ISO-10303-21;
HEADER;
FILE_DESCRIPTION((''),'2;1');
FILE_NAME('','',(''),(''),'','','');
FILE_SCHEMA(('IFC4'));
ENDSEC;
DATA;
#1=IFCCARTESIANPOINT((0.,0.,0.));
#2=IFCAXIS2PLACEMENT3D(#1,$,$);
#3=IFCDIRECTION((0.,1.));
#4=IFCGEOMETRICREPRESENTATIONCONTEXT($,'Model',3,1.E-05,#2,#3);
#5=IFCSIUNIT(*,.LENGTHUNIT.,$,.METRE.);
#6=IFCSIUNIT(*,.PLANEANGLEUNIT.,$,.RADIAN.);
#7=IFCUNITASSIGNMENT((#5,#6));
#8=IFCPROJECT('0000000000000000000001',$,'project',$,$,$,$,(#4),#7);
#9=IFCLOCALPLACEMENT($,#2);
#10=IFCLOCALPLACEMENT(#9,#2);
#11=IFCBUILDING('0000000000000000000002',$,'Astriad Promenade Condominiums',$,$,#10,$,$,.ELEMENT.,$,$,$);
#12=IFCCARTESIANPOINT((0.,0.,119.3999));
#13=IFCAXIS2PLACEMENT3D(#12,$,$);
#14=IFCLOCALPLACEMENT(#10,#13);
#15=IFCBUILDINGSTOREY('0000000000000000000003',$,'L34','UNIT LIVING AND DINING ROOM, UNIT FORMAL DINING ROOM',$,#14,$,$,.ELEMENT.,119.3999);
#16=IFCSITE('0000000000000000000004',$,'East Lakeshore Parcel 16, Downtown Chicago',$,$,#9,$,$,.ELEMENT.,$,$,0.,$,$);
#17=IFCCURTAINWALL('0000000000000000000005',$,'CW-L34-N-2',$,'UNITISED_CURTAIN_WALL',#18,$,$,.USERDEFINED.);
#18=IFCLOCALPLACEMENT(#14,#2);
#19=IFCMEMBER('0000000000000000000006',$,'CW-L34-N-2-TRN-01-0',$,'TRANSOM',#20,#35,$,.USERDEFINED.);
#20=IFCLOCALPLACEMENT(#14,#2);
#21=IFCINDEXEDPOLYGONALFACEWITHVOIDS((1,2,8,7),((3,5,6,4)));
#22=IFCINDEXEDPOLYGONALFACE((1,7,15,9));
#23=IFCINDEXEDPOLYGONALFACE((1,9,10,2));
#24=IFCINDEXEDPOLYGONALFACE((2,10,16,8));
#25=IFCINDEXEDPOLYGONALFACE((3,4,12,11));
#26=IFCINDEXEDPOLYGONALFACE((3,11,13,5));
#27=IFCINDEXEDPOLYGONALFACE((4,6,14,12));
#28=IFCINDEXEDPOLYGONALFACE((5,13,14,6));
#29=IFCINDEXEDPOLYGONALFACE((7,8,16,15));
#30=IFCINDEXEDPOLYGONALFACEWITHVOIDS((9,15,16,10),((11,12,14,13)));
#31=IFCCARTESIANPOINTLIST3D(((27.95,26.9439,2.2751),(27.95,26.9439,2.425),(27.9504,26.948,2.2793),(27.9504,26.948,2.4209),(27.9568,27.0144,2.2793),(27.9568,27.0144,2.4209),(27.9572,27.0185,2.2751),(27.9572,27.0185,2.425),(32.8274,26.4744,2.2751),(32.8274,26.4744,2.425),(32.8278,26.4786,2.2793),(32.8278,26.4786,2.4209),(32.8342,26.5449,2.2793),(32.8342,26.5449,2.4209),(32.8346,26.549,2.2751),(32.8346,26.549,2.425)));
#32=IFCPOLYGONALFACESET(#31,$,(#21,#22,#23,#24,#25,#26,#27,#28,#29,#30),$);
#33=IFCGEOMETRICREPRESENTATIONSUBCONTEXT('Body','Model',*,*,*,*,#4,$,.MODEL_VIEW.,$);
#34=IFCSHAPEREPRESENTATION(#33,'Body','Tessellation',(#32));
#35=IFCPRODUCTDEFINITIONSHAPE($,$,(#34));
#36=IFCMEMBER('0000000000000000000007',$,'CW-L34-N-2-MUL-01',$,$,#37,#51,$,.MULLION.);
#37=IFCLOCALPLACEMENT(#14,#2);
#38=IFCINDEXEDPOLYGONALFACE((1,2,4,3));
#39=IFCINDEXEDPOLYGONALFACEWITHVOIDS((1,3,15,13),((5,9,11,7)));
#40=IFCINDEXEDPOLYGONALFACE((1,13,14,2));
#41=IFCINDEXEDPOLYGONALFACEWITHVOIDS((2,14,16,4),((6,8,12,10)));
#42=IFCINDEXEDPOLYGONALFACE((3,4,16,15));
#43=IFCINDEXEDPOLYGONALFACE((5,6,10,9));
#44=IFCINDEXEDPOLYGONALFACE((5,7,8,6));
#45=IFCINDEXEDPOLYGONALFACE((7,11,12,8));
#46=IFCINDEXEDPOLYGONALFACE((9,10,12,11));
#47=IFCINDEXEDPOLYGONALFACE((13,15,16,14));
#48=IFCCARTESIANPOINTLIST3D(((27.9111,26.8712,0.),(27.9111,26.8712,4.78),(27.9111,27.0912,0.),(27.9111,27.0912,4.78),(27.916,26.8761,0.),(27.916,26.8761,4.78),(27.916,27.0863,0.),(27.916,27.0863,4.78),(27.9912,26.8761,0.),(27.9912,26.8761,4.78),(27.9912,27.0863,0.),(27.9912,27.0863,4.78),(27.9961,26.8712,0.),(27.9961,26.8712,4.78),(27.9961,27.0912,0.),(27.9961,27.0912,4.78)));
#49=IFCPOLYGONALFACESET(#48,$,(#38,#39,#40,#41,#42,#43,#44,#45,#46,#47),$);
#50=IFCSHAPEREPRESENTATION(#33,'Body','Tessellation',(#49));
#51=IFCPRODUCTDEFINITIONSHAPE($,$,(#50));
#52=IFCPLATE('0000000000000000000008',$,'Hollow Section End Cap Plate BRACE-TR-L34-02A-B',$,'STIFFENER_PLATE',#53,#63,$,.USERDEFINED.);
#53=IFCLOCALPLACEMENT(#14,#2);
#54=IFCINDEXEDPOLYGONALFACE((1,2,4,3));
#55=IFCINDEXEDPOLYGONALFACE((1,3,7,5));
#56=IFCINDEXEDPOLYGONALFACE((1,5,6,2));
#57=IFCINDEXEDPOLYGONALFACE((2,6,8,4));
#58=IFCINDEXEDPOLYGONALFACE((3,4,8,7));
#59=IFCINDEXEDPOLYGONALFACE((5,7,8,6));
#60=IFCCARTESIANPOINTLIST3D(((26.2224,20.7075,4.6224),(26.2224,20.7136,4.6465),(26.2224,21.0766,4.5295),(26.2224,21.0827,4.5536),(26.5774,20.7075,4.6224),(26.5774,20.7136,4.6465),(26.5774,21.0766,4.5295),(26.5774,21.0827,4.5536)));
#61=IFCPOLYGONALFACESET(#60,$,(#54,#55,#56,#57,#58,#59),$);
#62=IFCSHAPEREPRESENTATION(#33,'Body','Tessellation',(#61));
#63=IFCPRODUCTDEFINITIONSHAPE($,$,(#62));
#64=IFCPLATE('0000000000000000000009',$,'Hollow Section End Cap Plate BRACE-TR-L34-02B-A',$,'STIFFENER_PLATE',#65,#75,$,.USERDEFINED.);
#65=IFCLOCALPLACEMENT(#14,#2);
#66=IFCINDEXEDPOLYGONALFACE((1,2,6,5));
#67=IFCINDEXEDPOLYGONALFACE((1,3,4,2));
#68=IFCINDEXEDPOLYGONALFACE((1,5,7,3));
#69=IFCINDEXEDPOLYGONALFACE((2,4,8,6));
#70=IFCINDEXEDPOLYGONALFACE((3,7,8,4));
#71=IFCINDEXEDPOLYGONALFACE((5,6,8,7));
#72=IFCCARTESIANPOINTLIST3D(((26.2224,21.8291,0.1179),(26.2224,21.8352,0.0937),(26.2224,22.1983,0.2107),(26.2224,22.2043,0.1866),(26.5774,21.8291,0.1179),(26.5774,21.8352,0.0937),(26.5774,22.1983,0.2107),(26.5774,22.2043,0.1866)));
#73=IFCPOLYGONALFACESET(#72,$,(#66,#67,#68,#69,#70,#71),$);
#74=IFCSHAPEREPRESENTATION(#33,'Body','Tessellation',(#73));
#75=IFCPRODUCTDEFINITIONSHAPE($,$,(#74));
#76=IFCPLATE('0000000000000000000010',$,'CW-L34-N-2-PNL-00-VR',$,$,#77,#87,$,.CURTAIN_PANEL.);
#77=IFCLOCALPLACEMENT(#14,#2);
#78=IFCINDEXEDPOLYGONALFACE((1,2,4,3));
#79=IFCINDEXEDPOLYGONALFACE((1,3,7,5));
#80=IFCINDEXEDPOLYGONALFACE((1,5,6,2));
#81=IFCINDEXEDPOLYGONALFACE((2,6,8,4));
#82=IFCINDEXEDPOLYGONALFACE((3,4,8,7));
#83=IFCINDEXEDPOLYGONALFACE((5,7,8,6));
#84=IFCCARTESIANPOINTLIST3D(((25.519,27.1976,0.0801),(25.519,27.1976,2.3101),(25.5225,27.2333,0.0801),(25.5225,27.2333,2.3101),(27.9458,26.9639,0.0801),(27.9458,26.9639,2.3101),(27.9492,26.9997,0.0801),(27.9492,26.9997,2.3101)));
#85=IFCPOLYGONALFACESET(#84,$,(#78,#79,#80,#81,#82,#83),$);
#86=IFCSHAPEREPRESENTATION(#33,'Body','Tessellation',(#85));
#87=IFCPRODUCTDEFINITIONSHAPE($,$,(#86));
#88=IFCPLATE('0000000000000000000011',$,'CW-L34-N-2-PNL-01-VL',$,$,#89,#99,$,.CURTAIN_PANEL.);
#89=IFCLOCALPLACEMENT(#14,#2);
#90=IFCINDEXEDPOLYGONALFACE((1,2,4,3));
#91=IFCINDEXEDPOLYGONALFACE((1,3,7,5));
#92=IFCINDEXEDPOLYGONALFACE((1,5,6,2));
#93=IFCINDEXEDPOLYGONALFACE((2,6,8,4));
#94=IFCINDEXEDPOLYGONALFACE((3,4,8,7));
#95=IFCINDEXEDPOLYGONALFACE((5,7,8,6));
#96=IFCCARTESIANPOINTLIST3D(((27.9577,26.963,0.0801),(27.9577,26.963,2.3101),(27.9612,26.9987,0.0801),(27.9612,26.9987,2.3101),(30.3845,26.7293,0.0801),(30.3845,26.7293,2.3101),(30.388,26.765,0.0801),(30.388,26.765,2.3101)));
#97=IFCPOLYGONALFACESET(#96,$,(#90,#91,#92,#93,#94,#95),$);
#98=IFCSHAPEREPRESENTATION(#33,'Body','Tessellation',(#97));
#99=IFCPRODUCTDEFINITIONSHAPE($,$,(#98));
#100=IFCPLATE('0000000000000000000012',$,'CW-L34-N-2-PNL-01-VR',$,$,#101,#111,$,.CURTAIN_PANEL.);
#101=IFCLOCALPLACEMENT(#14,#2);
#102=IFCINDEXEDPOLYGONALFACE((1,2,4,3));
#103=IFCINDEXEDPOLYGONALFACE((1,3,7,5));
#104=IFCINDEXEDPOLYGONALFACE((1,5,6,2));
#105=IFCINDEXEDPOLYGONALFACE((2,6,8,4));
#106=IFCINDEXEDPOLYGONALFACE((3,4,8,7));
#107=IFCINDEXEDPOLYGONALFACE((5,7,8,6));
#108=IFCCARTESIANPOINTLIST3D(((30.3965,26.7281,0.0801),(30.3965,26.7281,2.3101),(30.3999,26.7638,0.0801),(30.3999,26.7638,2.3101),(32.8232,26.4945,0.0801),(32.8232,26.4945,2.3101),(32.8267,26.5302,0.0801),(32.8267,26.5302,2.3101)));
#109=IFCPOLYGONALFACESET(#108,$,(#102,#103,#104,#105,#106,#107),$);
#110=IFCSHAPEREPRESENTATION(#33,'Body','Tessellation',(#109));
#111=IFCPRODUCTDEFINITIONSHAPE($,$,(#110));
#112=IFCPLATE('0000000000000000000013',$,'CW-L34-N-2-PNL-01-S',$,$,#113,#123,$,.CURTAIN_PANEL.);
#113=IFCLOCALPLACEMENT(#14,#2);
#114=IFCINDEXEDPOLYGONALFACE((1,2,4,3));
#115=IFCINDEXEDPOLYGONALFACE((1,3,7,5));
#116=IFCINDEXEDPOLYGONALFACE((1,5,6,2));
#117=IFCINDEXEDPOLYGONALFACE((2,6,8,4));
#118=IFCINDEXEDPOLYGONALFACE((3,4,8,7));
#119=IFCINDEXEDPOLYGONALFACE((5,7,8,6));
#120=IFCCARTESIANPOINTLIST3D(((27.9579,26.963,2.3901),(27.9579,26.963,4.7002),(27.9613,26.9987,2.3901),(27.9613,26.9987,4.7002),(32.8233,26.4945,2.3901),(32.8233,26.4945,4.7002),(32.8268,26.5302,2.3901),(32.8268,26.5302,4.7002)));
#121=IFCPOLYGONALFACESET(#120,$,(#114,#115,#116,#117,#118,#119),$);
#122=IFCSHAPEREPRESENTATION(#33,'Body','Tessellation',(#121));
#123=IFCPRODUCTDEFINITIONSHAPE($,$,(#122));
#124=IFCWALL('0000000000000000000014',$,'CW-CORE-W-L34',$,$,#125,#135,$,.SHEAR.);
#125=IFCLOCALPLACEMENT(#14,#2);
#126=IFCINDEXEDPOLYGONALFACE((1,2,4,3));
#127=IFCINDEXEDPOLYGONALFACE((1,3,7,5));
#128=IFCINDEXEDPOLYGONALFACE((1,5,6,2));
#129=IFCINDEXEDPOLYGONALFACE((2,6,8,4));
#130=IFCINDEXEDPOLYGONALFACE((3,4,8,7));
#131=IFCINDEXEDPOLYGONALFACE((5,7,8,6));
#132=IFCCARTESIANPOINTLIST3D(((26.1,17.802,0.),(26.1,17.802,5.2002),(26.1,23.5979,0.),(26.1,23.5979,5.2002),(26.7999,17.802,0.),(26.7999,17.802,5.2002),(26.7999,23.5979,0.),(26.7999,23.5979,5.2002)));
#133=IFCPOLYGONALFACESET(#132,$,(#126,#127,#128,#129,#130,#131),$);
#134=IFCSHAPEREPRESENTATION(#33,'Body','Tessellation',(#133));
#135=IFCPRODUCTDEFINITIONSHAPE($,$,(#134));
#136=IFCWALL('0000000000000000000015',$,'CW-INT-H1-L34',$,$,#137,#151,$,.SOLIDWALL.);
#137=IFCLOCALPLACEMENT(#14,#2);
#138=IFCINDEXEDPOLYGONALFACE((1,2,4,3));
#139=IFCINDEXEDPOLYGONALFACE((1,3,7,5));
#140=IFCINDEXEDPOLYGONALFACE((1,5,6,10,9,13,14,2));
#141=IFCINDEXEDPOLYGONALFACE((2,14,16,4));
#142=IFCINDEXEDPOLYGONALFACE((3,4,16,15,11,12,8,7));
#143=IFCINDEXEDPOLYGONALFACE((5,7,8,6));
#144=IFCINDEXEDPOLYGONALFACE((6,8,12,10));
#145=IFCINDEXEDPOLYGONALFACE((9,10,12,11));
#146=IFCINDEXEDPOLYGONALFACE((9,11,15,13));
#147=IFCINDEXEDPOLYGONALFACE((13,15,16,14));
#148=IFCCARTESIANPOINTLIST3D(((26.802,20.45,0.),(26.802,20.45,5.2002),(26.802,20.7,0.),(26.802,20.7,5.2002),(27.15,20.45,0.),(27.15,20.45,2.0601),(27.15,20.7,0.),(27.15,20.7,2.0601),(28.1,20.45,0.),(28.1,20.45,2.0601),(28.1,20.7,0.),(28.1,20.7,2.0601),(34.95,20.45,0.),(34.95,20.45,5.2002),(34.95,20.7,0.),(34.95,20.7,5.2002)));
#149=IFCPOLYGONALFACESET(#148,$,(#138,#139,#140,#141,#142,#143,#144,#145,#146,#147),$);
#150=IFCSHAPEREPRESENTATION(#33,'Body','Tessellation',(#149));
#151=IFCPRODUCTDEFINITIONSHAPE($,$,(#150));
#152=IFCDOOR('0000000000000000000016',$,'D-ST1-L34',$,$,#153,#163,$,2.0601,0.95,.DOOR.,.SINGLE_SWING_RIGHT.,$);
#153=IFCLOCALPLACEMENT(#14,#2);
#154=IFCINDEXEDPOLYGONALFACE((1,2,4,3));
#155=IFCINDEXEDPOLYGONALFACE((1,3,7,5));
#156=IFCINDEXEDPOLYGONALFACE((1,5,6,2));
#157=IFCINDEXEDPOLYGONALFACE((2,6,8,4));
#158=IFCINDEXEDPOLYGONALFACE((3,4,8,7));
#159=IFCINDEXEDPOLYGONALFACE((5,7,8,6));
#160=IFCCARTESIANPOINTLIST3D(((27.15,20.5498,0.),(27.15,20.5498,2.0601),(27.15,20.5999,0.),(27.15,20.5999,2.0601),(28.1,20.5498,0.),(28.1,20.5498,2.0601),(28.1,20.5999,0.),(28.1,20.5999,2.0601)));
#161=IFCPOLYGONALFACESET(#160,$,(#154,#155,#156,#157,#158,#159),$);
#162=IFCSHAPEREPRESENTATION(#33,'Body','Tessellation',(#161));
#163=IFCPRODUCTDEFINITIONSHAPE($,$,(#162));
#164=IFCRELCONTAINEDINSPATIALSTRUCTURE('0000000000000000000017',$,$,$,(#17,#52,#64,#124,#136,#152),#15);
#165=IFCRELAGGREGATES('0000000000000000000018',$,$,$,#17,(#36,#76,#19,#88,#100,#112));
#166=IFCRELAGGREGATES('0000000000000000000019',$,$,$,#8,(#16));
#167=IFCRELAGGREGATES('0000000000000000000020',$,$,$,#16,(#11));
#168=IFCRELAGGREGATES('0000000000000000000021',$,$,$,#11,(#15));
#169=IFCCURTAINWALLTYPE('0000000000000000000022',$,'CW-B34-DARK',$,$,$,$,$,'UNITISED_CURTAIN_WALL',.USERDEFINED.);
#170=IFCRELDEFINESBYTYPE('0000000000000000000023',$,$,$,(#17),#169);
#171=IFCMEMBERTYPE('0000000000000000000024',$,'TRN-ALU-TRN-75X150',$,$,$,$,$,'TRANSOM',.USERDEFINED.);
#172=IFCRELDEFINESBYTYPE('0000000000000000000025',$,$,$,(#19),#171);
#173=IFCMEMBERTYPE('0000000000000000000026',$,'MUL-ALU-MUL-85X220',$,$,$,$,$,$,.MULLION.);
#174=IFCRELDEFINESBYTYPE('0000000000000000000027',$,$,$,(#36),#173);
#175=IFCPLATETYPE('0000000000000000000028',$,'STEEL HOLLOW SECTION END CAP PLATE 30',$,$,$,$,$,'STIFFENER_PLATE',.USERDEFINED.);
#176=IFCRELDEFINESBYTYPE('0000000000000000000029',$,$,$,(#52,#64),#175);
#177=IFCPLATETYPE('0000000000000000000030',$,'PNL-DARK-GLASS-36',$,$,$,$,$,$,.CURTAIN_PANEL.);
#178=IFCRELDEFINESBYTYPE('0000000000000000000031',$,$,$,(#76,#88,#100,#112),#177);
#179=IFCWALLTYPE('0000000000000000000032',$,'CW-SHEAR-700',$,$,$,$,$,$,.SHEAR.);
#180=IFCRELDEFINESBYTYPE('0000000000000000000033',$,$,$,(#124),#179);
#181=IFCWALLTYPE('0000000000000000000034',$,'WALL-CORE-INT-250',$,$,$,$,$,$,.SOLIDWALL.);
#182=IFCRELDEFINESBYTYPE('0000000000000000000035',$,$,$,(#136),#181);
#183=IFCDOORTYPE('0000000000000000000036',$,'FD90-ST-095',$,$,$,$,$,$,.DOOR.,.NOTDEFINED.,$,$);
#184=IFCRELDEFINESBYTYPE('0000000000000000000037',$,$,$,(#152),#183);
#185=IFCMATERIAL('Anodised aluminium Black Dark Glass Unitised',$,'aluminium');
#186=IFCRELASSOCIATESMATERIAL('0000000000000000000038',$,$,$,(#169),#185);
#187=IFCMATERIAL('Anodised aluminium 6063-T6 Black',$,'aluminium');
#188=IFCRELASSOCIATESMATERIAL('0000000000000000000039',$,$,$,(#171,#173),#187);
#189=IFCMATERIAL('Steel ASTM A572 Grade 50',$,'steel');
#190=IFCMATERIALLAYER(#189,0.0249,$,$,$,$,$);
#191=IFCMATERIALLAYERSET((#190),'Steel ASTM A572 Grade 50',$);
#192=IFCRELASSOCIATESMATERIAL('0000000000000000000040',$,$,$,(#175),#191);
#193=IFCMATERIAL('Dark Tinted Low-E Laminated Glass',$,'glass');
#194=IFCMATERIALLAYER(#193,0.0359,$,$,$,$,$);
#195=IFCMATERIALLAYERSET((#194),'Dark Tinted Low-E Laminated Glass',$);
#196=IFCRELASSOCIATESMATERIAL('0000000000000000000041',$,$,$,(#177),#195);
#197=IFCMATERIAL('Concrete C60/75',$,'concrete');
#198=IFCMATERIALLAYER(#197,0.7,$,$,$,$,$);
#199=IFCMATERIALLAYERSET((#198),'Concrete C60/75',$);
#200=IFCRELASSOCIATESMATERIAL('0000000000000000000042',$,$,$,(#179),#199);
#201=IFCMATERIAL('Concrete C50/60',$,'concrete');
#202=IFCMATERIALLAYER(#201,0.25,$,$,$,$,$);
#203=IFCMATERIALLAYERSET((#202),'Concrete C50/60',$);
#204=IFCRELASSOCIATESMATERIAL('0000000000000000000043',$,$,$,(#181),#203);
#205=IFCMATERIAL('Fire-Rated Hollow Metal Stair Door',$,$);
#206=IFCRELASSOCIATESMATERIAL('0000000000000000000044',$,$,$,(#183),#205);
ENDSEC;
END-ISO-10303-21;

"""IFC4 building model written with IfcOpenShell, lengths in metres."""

from ifc_helpers import new_model, si_unit, direction, frame, frame_2d, origin, origin_2d, place, context, subcontext, project, spatial, rectangle, hollow_rectangle, extrude, source, transform, mapped, material, layer, layer_set, material_profile, profile_set, type_object, type_shapes, element, fill, aggregate, save


model = new_model("IFC4")

# Units and contexts
model_context = context("Model", 3, precision=1e-05, world=origin(), true_north=direction((0.0, 1.0)))
body_context = subcontext(model_context, "Body", "Model", "MODEL_VIEW")
ifc_project = project(units=[si_unit("LENGTHUNIT", "METRE"), si_unit("PLANEANGLEUNIT", "RADIAN")], contexts=[model_context])

# Site, building, storey
site_placement = place(None, origin())
site = spatial("IfcSite", under=ifc_project, at=site_placement, Name="East Lakeshore Parcel 16, Downtown Chicago", CompositionType="ELEMENT", RefElevation=0.0)
building_placement = place(site_placement, origin())
building = spatial("IfcBuilding", under=site, at=building_placement, Name="Astriad Promenade Condominiums", CompositionType="ELEMENT")
storey_placement = place(building_placement, frame((0.0, 0.0, 119.3999)))
storey = spatial("IfcBuildingStorey", under=building, at=storey_placement, Name="L34", Description="UNIT LIVING AND DINING ROOM, UNIT FORMAL DINING ROOM", CompositionType="ELEMENT", Elevation=119.3999)

# Curtain wall, members
ifc_material_1 = material(Name="Anodised aluminium Black Dark Glass Unitised", Category="aluminium")
curtain_wall_type = type_object("IfcCurtainWallType", Name="CW-B34-DARK", ElementType="UNITISED_CURTAIN_WALL", PredefinedType="USERDEFINED", material=ifc_material_1)
curtain_wall_placement = place(storey_placement, origin())
curtain_wall = element("IfcCurtainWall", 1, at=curtain_wall_placement, inside=storey, type_object=curtain_wall_type, Name="CW-L34-N-2", ObjectType="UNITISED_CURTAIN_WALL", PredefinedType="USERDEFINED")
ifc_material_2 = material(Name="Anodised aluminium 6063-T6 Black", Category="aluminium")
ifc_material_profile_1 = material_profile(ifc_material_2, hollow_rectangle(XDim=0.075, YDim=0.1499, WallThickness=0.0042, at=origin_2d()), Name="ALU-TRN-75X150")
ifc_profile_set_1 = profile_set([ifc_material_profile_1], Name="Anodised aluminium 6063-T6 Black")
member_type_1 = type_object("IfcMemberType", Name="TRN-ALU-TRN-75X150", ElementType="TRANSOM", PredefinedType="USERDEFINED", material=ifc_profile_set_1)
shared_shape_1 = source(origin(), body_context, "Body", "SweptSolid", [
    extrude(hollow_rectangle(XDim=0.075, YDim=0.1499, WallThickness=0.0042, at=origin_2d()), origin(), (0.0, 0.0, 1.0), 4.8999),
])
type_shapes(member_type_1, [shared_shape_1])
member_1_placement = place(storey_placement, frame((27.9536, 26.9812, 2.3501), z_axis=(0.995399, -0.095813, 0.0), x_axis=(0.095813, 0.995399, 0.0)))
member_1 = element("IfcMember", 2, at=member_1_placement, type_object=member_type_1, Name="CW-L34-N-2-TRN-01-0", ObjectType="TRANSOM", PredefinedType="USERDEFINED", context=body_context, shape_type="MappedRepresentation", body=[
    mapped(shared_shape_1, transform((0.0, 0.0, 0.0), scale=1.0)),
])
ifc_material_profile_2 = material_profile(ifc_material_2, hollow_rectangle(XDim=0.085, YDim=0.22, WallThickness=0.0049, at=origin_2d()), Name="ALU-MUL-85X220")
ifc_profile_set_2 = profile_set([ifc_material_profile_2], Name="Anodised aluminium 6063-T6 Black")
member_type_2 = type_object("IfcMemberType", Name="MUL-ALU-MUL-85X220", PredefinedType="MULLION", material=ifc_profile_set_2)
shared_shape_2 = source(origin(), body_context, "Body", "SweptSolid", [
    extrude(hollow_rectangle(XDim=0.085, YDim=0.22, WallThickness=0.0049, at=origin_2d()), origin(), (0.0, 0.0, 1.0), 4.78),
])
type_shapes(member_type_2, [shared_shape_2])
member_2_placement = place(storey_placement, frame((27.9536, 26.9812, 0.0), z_axis=(0.0, 0.0, 1.0), x_axis=(1.0, 0.0, 0.0)))
member_2 = element("IfcMember", 3, at=member_2_placement, type_object=member_type_2, Name="CW-L34-N-2-MUL-01", PredefinedType="MULLION", context=body_context, shape_type="MappedRepresentation", body=[
    mapped(shared_shape_2, transform((0.0, 0.0, 0.0), scale=1.0)),
])

# Plates
ifc_material_3 = material(Name="Steel ASTM A572 Grade 50", Category="steel")
ifc_layer_1 = layer(ifc_material_3, 0.0249)
ifc_layer_set_1 = layer_set([ifc_layer_1], Name="Steel ASTM A572 Grade 50")
plate_type_1 = type_object("IfcPlateType", Name="STEEL HOLLOW SECTION END CAP PLATE 30", ElementType="STIFFENER_PLATE", PredefinedType="USERDEFINED", material=ifc_layer_set_1)
shared_shape_3 = source(origin(), body_context, "Body", "SweptSolid", [
    extrude(rectangle(XDim=0.355, YDim=0.3806, at=origin_2d()), origin(), (0.0, 0.0, 1.0), 0.0249),
])
type_shapes(plate_type_1, [shared_shape_3])
for number, where, z_axis, x_axis, name in (
    (4, (26.3999, 20.8921, 4.5759), (0.0, 0.243963, 0.969785), (1.0, 0.0, 0.0), "Hollow Section End Cap Plate BRACE-TR-L34-02A-B"),
    (5, (26.3999, 22.0198, 0.1401), (0.0, -0.243963, 0.969785), (1.0, 0.0, 0.0), "Hollow Section End Cap Plate BRACE-TR-L34-02B-A"),
):
    element("IfcPlate", number, at=place(storey_placement, frame(where, z_axis=z_axis, x_axis=x_axis)), inside=storey, type_object=plate_type_1, Name=name, ObjectType="STIFFENER_PLATE", PredefinedType="USERDEFINED", context=body_context, shape_type="MappedRepresentation", body=[
        mapped(shared_shape_3, transform((0.0, 0.0, 0.0), scale=1.0)),
    ])

# Plates
ifc_material_4 = material(Name="Dark Tinted Low-E Laminated Glass", Category="glass")
ifc_layer_2 = layer(ifc_material_4, 0.0359)
ifc_layer_set_2 = layer_set([ifc_layer_2], Name="Dark Tinted Low-E Laminated Glass")
plate_type_2 = type_object("IfcPlateType", Name="PNL-DARK-GLASS-36", PredefinedType="CURTAIN_PANEL", material=ifc_layer_set_2)
shared_shape_4 = source(origin(), body_context, "Body", "SweptSolid", [
    extrude(rectangle(XDim=2.438, YDim=0.0359, at=origin_2d()), origin(), (0.0, 0.0, 1.0), 2.23),
])
plate_1_placement = place(storey_placement, frame((26.7341, 27.0986, 0.0801), z_axis=(0.0, 0.0, 1.0), x_axis=(0.995396, -0.095846, 0.0)))
plate_1 = element("IfcPlate", 6, at=plate_1_placement, type_object=plate_type_2, Name="CW-L34-N-2-PNL-00-VR", PredefinedType="CURTAIN_PANEL", context=body_context, shape_type="MappedRepresentation", body=[
    mapped(shared_shape_4, transform((0.0, 0.0, 0.0), scale=1.0)),
])
plate_2_placement = place(storey_placement, frame((29.1729, 26.864, 0.0801), z_axis=(0.0, 0.0, 1.0), x_axis=(0.995396, -0.095846, 0.0)))
plate_2 = element("IfcPlate", 7, at=plate_2_placement, type_object=plate_type_2, Name="CW-L34-N-2-PNL-01-VL", PredefinedType="CURTAIN_PANEL", context=body_context, shape_type="MappedRepresentation", body=[
    mapped(shared_shape_4, transform((0.0, 0.0, 0.0), scale=1.0)),
])
plate_3_placement = place(storey_placement, frame((31.6116, 26.6292, 0.0801), z_axis=(0.0, 0.0, 1.0), x_axis=(0.995396, -0.095846, 0.0)))
plate_3 = element("IfcPlate", 8, at=plate_3_placement, type_object=plate_type_2, Name="CW-L34-N-2-PNL-01-VR", PredefinedType="CURTAIN_PANEL", context=body_context, shape_type="MappedRepresentation", body=[
    mapped(shared_shape_4, transform((0.0, 0.0, 0.0), scale=1.0)),
])
shared_shape_5 = source(origin(), body_context, "Body", "SweptSolid", [
    extrude(rectangle(XDim=4.8879, YDim=0.0359, at=origin_2d()), origin(), (0.0, 0.0, 1.0), 2.3101),
])
type_shapes(plate_type_2, [shared_shape_4, shared_shape_5])
plate_4_placement = place(storey_placement, frame((30.3923, 26.7466, 2.3901), z_axis=(0.0, 0.0, 1.0), x_axis=(0.995396, -0.095846, 0.0)))
plate_4 = element("IfcPlate", 9, at=plate_4_placement, type_object=plate_type_2, Name="CW-L34-N-2-PNL-01-S", PredefinedType="CURTAIN_PANEL", context=body_context, shape_type="MappedRepresentation", body=[
    mapped(shared_shape_5, transform((0.0, 0.0, 0.0), scale=1.0)),
])
aggregate(curtain_wall, [member_2, plate_1, member_1, plate_2, plate_3, plate_4])

# Wall
ifc_material_5 = material(Name="Concrete C60/75", Category="concrete")
ifc_layer_3 = layer(ifc_material_5, 0.7)
ifc_layer_set_3 = layer_set([ifc_layer_3], Name="Concrete C60/75")
wall_type_1 = type_object("IfcWallType", Name="CW-SHEAR-700", PredefinedType="SHEAR", material=ifc_layer_set_3)
wall_1_placement = place(storey_placement, frame((26.45, 17.802, 0.0), z_axis=(0.0, 0.0, 1.0), x_axis=(0.0, 1.0, 0.0)))
element("IfcWall", 10, at=wall_1_placement, inside=storey, type_object=wall_type_1, Name="CW-CORE-W-L34", PredefinedType="SHEAR", context=body_context, shape_type="SweptSolid", body=[
    extrude(rectangle(XDim=5.7959, YDim=0.7, at=frame_2d((2.8979, 0.0))), origin(), (0.0, 0.0, 1.0), 5.2002),
])

# Wall, opening, door
ifc_material_6 = material(Name="Concrete C50/60", Category="concrete")
ifc_layer_4 = layer(ifc_material_6, 0.25)
ifc_layer_set_4 = layer_set([ifc_layer_4], Name="Concrete C50/60")
wall_type_2 = type_object("IfcWallType", Name="WALL-CORE-INT-250", PredefinedType="SOLIDWALL", material=ifc_layer_set_4)
wall_2_placement = place(storey_placement, frame((26.802, 20.575, 0.0), z_axis=(0.0, 0.0, 1.0), x_axis=(1.0, 0.0, 0.0)))
wall_2 = element("IfcWall", 11, at=wall_2_placement, inside=storey, type_object=wall_type_2, Name="CW-INT-H1-L34", PredefinedType="SOLIDWALL", context=body_context, shape_type="SweptSolid", body=[
    extrude(rectangle(XDim=8.1479, YDim=0.25, at=frame_2d((4.074, 0.0))), origin(), (0.0, 0.0, 1.0), 5.2002),
])
opening_placement = place(wall_2_placement, frame((0.3479, 0.0, 0.0)))
opening = element("IfcOpeningElement", 12, at=opening_placement, cuts=wall_2, PredefinedType="OPENING", context=body_context, shape_type="SweptSolid", body=[
    extrude(rectangle(XDim=0.95, YDim=2.0601, at=frame_2d((0.4751, 1.03))), frame((0.0, 0.135, 0.0), z_axis=(0.0, -1.0, 0.0), x_axis=(1.0, 0.0, 0.0)), (0.0, 0.0, 1.0), 0.27),
])
ifc_material_7 = material(Name="Fire-Rated Hollow Metal Stair Door")
door_type = type_object("IfcDoorType", Name="FD90-ST-095", OperationType="NOTDEFINED", PredefinedType="DOOR", material=ifc_material_7)
shared_shape_6 = source(origin(), body_context, "Body", "SweptSolid", [
    extrude(rectangle(XDim=0.95, YDim=2.0601, at=frame_2d((0.4751, 1.03))), frame((0.0, 0.0249, 0.0), z_axis=(0.0, -1.0, 0.0), x_axis=(1.0, 0.0, 0.0)), (0.0, 0.0, 1.0), 0.05),
])
type_shapes(door_type, [shared_shape_6])
door_placement = place(opening_placement, origin())
door = element("IfcDoor", 13, at=door_placement, inside=storey, type_object=door_type, Name="D-ST1-L34", OperationType="SINGLE_SWING_RIGHT", OverallHeight=2.0601, OverallWidth=0.95, PredefinedType="DOOR", context=body_context, shape_type="MappedRepresentation", body=[
    mapped(shared_shape_6, transform((0.0, 0.0, 0.0), scale=1.0)),
])
fill(opening, door)

save(model, "model.ifc")
